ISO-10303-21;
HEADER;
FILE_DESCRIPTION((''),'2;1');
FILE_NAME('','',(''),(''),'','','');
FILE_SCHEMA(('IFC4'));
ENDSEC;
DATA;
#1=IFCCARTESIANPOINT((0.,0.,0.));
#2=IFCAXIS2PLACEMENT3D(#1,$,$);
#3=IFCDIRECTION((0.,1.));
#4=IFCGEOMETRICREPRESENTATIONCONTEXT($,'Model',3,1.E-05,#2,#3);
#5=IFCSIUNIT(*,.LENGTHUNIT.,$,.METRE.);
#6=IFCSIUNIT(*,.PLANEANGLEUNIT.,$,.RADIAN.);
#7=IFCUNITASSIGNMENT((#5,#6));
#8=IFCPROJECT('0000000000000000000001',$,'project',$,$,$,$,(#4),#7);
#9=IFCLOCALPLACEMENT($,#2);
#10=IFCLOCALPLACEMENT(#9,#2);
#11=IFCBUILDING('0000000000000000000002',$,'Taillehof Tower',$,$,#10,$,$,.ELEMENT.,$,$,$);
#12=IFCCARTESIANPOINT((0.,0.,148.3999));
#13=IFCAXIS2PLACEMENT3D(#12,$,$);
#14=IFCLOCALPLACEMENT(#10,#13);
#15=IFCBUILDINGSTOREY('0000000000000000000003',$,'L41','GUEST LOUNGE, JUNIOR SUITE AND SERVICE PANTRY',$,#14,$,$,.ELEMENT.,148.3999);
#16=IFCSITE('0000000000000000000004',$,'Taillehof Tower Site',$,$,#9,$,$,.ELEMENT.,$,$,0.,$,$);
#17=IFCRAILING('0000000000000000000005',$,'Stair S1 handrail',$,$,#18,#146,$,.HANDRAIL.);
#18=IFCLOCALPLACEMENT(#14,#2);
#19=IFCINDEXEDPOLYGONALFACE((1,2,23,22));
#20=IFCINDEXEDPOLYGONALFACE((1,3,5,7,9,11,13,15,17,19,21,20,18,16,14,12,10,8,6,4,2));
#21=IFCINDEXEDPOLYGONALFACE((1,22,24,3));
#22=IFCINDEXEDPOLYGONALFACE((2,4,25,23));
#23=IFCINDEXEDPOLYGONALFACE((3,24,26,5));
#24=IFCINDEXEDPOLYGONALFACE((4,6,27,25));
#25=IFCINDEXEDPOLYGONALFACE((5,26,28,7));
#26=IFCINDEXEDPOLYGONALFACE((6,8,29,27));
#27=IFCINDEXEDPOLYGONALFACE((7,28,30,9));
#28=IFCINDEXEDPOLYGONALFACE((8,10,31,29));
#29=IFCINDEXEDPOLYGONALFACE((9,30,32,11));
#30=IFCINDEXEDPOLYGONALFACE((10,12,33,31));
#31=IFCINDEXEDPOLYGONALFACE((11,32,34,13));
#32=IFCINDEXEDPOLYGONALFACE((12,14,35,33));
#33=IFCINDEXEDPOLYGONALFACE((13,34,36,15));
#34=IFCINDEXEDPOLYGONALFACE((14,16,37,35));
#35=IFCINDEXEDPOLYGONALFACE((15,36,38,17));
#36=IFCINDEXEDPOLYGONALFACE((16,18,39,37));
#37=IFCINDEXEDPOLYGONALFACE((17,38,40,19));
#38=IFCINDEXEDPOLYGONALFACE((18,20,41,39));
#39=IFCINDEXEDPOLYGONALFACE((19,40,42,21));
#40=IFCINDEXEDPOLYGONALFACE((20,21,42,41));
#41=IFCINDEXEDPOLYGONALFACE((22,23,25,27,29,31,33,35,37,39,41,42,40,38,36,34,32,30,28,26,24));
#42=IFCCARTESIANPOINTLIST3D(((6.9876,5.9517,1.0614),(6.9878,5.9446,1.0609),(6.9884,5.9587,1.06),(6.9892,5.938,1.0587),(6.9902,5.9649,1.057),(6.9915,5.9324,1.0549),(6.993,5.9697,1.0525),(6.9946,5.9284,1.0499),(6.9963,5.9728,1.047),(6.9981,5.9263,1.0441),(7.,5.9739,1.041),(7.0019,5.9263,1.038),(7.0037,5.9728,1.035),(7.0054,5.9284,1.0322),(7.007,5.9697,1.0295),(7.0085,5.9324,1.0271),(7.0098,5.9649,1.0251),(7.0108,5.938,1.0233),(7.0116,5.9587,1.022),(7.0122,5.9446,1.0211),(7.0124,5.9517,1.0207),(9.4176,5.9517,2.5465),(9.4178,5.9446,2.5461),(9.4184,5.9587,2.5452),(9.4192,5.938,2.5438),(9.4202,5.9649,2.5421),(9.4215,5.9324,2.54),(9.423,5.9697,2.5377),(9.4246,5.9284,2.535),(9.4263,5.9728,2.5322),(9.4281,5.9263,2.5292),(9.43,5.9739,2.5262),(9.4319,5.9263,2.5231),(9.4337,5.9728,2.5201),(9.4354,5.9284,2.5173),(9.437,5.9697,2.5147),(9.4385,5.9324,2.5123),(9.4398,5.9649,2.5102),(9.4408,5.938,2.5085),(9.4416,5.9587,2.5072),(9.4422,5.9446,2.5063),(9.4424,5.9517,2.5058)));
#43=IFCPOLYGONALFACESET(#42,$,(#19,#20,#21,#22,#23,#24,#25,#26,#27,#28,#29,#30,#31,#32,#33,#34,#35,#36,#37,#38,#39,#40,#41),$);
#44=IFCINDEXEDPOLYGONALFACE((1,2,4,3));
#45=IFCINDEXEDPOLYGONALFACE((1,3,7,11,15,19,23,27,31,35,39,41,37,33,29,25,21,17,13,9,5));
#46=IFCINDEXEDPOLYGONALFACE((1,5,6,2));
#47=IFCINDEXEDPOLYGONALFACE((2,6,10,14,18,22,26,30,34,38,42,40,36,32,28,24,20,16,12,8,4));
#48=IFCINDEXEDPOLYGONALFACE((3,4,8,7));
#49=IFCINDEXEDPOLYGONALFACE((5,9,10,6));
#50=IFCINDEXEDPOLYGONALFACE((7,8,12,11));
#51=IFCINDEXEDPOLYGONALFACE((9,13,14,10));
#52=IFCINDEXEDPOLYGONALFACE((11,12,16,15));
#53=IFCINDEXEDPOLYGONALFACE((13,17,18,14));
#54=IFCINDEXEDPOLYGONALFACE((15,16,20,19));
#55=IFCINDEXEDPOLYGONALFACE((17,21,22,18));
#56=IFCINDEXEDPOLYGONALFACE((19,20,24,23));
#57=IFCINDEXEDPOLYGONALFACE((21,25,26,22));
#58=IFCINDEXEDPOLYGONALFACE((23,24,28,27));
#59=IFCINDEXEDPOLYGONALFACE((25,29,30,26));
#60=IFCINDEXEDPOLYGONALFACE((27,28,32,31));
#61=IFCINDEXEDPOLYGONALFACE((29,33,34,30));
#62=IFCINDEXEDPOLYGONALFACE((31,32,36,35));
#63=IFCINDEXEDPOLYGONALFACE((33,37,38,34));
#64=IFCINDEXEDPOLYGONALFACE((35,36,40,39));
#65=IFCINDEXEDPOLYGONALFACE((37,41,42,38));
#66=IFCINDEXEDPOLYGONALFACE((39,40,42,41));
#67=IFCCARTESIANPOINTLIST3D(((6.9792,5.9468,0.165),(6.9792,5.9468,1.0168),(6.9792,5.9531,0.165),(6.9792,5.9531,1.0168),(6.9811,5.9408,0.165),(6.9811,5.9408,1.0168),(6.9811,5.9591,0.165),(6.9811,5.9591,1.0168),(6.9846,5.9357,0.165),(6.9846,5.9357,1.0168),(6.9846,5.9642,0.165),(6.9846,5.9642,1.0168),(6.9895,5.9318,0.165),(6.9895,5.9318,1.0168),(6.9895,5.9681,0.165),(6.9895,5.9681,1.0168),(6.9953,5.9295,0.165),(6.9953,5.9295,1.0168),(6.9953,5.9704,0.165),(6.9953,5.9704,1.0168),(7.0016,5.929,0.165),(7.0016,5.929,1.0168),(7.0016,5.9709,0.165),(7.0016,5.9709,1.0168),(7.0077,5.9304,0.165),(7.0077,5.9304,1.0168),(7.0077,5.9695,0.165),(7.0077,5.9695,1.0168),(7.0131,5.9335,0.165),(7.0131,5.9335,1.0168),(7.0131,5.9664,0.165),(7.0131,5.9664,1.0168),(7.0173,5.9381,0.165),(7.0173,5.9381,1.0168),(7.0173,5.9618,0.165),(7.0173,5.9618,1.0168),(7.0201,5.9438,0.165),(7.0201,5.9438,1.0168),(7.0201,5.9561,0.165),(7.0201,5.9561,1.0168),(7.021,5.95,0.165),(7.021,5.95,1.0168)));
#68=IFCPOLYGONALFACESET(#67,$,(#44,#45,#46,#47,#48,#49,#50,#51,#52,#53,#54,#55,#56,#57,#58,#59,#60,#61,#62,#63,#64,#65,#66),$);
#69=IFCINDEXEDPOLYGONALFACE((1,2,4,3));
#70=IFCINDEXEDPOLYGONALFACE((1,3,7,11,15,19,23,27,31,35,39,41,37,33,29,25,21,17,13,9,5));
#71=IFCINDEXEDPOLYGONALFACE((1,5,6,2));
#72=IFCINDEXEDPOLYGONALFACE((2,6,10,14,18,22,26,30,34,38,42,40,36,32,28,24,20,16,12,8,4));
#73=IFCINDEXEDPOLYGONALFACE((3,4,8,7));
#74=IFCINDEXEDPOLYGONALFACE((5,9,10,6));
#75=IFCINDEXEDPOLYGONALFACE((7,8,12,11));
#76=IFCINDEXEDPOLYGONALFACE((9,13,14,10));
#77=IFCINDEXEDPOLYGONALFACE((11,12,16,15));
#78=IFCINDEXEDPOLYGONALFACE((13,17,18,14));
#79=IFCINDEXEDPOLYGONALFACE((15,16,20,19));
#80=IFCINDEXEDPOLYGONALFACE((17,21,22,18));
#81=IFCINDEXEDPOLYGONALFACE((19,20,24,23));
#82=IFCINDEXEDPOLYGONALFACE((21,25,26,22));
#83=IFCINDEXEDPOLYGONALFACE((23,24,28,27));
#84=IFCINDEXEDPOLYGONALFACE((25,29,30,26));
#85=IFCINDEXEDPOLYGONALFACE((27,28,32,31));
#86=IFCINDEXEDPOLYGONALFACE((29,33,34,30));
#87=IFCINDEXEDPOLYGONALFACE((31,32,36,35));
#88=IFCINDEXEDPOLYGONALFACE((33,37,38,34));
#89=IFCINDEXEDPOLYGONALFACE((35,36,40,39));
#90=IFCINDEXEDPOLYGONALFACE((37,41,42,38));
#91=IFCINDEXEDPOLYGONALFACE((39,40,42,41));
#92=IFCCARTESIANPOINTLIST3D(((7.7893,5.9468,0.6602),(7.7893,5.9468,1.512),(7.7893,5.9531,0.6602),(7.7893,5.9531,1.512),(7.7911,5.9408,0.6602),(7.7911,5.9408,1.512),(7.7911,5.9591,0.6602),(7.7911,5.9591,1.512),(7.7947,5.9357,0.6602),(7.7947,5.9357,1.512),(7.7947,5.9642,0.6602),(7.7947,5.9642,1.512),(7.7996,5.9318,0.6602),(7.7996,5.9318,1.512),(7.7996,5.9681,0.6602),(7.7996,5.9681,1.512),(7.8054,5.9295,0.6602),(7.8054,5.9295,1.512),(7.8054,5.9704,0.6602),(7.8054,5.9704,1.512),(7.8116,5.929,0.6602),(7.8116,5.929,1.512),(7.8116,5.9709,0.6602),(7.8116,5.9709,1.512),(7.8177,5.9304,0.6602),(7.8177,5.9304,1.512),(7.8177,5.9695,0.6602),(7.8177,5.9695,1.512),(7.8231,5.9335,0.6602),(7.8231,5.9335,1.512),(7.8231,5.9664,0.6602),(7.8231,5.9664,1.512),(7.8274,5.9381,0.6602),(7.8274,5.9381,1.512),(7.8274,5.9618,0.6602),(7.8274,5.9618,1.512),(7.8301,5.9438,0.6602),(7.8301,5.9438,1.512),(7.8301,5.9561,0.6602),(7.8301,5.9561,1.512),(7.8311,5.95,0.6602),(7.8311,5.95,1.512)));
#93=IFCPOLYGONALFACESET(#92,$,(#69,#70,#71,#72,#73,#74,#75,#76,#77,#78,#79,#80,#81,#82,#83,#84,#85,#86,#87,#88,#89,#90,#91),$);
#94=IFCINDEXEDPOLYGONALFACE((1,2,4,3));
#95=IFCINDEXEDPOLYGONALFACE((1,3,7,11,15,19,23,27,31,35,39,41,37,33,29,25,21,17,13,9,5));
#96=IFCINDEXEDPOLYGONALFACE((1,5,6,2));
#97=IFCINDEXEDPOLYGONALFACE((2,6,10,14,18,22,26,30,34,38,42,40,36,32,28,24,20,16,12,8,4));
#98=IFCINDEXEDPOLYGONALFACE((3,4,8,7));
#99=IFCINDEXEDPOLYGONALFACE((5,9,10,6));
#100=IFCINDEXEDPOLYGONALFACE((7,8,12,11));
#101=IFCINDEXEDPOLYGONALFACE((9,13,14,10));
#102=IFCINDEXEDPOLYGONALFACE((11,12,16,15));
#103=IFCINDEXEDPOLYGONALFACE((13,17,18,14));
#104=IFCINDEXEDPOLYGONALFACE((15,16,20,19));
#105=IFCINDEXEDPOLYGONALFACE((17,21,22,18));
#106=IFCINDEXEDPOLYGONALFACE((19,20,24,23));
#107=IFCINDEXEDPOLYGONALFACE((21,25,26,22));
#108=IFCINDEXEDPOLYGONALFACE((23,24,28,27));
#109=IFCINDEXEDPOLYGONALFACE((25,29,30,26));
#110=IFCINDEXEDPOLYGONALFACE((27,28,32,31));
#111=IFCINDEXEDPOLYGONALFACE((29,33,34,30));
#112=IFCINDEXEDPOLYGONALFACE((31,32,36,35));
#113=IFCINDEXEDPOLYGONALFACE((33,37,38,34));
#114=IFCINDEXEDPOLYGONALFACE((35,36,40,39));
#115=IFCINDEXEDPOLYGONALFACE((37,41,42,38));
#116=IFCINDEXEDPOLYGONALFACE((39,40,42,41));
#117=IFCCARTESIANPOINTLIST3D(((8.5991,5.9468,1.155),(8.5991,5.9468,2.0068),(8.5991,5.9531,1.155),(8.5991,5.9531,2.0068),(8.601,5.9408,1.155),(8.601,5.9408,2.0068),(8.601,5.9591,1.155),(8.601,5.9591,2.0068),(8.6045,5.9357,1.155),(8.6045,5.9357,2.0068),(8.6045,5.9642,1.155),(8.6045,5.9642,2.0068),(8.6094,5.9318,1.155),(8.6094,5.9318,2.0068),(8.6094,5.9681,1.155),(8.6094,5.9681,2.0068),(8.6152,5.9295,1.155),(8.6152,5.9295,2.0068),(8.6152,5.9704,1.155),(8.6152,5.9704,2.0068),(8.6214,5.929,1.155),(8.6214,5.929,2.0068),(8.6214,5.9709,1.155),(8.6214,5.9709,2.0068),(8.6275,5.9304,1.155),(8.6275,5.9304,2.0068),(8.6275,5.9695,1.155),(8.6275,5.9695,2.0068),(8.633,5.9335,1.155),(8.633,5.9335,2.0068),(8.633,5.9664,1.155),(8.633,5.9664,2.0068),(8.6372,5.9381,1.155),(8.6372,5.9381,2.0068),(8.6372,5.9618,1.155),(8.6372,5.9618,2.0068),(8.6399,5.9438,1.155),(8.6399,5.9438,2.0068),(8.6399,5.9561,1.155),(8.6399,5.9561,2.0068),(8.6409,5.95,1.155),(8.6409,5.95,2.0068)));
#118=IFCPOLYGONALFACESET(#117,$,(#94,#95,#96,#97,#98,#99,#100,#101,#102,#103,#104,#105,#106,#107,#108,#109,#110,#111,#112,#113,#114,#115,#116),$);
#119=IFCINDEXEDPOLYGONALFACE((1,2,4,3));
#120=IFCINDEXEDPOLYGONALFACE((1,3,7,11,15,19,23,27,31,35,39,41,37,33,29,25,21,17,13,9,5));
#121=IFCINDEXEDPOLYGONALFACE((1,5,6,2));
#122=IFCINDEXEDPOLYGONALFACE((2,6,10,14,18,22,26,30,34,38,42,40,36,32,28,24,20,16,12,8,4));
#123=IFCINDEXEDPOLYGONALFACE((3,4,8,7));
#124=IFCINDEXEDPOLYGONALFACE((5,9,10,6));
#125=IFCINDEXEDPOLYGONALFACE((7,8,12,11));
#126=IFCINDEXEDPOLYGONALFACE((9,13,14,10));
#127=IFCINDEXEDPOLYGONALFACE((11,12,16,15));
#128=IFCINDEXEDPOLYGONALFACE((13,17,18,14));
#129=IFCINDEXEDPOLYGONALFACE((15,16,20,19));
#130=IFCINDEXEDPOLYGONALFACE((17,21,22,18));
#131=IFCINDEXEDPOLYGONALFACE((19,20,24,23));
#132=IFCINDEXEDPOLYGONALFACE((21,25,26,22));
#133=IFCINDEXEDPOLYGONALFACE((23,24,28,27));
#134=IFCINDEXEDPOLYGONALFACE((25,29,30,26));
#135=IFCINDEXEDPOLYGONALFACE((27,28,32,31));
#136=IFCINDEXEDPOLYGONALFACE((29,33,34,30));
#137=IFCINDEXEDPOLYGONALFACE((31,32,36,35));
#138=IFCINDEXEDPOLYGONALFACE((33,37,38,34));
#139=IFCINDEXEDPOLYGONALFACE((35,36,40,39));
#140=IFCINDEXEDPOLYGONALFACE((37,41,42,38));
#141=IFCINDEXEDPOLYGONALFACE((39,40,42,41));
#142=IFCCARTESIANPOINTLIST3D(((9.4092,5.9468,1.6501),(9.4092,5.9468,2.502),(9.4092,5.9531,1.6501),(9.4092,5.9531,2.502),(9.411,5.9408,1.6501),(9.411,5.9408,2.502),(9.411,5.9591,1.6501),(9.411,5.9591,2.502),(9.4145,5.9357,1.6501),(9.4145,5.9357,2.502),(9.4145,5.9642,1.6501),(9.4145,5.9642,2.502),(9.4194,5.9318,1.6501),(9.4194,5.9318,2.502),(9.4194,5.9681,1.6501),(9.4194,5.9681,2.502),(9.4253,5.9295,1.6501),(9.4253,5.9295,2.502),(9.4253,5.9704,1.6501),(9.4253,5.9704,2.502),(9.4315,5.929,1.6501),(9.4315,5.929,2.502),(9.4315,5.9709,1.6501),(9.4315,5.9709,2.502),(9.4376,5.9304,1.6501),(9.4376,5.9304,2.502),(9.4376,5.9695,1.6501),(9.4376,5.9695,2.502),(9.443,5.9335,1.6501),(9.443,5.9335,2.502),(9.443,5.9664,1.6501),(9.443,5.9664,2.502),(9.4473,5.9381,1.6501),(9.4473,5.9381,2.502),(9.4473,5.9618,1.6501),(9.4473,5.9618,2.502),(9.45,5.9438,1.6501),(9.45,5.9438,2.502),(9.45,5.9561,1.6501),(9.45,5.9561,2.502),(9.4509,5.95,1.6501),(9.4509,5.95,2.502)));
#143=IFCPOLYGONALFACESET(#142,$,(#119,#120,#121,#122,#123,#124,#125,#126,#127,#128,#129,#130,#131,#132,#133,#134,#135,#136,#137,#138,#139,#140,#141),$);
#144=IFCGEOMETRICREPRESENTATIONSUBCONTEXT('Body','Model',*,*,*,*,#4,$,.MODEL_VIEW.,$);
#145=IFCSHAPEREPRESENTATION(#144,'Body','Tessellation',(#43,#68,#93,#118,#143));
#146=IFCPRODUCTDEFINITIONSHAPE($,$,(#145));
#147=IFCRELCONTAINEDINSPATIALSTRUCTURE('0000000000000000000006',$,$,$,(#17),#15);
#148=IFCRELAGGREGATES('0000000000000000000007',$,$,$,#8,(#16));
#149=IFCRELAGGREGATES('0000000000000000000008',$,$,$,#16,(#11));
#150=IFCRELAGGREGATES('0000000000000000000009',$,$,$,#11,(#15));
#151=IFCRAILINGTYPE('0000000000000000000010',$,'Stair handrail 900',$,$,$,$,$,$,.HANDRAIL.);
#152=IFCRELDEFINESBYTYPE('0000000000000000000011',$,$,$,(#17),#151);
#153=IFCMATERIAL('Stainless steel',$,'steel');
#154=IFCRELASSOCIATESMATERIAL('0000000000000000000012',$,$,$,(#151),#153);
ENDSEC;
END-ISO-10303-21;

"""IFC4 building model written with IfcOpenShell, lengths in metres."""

from ifc_helpers import new_model, si_unit, direction, frame, origin, origin_2d, place, context, subcontext, project, spatial, circle, extrude, material, type_object, element, save


model = new_model("IFC4")

# Units and contexts
model_context = context("Model", 3, precision=1e-05, world=origin(), true_north=direction((0.0, 1.0)))
body_context = subcontext(model_context, "Body", "Model", "MODEL_VIEW")
ifc_project = project(units=[si_unit("LENGTHUNIT", "METRE"), si_unit("PLANEANGLEUNIT", "RADIAN")], contexts=[model_context])

# Site, building, storey
site_placement = place(None, origin())
site = spatial("IfcSite", under=ifc_project, at=site_placement, Name="Taillehof Tower Site", CompositionType="ELEMENT", RefElevation=0.0)
building_placement = place(site_placement, origin())
building = spatial("IfcBuilding", under=site, at=building_placement, Name="Taillehof Tower", CompositionType="ELEMENT")
storey_placement = place(building_placement, frame((0.0, 0.0, 148.3999)))
storey = spatial("IfcBuildingStorey", under=building, at=storey_placement, Name="L41", Description="GUEST LOUNGE, JUNIOR SUITE AND SERVICE PANTRY", CompositionType="ELEMENT", Elevation=148.3999)

# Railing
ifc_material_1 = material(Name="Stainless steel", Category="steel")
railing_type = type_object("IfcRailingType", Name="Stair handrail 900", PredefinedType="HANDRAIL", material=ifc_material_1)
railing_1_placement = place(storey_placement, frame((7.0, 5.95, 0.165)))
element("IfcRailing", 1, at=railing_1_placement, inside=storey, type_object=railing_type, Name="Stair S1 handrail", PredefinedType="HANDRAIL", context=body_context, shape_type="SweptSolid", body=[
    extrude(circle(Radius=0.0239, at=origin_2d()), frame((0.0, 0.0, 0.876), z_axis=(0.853259, 0.0, 0.521488), x_axis=(0.0, 1.0, 0.0)), (0.0, 0.0, 1.0), 2.8479),
    extrude(circle(Radius=0.021, at=origin_2d()), origin(), (0.0, 0.0, 1.0), 0.8518),
    extrude(circle(Radius=0.021, at=origin_2d()), frame((0.8101, 0.0, 0.4951)), (0.0, 0.0, 1.0), 0.8518),
    extrude(circle(Radius=0.021, at=origin_2d()), frame((1.6199, 0.0, 0.99)), (0.0, 0.0, 1.0), 0.8518),
    extrude(circle(Radius=0.021, at=origin_2d()), frame((2.4299, 0.0, 1.4851)), (0.0, 0.0, 1.0), 0.8518),
])

save(model, "model.ifc")
